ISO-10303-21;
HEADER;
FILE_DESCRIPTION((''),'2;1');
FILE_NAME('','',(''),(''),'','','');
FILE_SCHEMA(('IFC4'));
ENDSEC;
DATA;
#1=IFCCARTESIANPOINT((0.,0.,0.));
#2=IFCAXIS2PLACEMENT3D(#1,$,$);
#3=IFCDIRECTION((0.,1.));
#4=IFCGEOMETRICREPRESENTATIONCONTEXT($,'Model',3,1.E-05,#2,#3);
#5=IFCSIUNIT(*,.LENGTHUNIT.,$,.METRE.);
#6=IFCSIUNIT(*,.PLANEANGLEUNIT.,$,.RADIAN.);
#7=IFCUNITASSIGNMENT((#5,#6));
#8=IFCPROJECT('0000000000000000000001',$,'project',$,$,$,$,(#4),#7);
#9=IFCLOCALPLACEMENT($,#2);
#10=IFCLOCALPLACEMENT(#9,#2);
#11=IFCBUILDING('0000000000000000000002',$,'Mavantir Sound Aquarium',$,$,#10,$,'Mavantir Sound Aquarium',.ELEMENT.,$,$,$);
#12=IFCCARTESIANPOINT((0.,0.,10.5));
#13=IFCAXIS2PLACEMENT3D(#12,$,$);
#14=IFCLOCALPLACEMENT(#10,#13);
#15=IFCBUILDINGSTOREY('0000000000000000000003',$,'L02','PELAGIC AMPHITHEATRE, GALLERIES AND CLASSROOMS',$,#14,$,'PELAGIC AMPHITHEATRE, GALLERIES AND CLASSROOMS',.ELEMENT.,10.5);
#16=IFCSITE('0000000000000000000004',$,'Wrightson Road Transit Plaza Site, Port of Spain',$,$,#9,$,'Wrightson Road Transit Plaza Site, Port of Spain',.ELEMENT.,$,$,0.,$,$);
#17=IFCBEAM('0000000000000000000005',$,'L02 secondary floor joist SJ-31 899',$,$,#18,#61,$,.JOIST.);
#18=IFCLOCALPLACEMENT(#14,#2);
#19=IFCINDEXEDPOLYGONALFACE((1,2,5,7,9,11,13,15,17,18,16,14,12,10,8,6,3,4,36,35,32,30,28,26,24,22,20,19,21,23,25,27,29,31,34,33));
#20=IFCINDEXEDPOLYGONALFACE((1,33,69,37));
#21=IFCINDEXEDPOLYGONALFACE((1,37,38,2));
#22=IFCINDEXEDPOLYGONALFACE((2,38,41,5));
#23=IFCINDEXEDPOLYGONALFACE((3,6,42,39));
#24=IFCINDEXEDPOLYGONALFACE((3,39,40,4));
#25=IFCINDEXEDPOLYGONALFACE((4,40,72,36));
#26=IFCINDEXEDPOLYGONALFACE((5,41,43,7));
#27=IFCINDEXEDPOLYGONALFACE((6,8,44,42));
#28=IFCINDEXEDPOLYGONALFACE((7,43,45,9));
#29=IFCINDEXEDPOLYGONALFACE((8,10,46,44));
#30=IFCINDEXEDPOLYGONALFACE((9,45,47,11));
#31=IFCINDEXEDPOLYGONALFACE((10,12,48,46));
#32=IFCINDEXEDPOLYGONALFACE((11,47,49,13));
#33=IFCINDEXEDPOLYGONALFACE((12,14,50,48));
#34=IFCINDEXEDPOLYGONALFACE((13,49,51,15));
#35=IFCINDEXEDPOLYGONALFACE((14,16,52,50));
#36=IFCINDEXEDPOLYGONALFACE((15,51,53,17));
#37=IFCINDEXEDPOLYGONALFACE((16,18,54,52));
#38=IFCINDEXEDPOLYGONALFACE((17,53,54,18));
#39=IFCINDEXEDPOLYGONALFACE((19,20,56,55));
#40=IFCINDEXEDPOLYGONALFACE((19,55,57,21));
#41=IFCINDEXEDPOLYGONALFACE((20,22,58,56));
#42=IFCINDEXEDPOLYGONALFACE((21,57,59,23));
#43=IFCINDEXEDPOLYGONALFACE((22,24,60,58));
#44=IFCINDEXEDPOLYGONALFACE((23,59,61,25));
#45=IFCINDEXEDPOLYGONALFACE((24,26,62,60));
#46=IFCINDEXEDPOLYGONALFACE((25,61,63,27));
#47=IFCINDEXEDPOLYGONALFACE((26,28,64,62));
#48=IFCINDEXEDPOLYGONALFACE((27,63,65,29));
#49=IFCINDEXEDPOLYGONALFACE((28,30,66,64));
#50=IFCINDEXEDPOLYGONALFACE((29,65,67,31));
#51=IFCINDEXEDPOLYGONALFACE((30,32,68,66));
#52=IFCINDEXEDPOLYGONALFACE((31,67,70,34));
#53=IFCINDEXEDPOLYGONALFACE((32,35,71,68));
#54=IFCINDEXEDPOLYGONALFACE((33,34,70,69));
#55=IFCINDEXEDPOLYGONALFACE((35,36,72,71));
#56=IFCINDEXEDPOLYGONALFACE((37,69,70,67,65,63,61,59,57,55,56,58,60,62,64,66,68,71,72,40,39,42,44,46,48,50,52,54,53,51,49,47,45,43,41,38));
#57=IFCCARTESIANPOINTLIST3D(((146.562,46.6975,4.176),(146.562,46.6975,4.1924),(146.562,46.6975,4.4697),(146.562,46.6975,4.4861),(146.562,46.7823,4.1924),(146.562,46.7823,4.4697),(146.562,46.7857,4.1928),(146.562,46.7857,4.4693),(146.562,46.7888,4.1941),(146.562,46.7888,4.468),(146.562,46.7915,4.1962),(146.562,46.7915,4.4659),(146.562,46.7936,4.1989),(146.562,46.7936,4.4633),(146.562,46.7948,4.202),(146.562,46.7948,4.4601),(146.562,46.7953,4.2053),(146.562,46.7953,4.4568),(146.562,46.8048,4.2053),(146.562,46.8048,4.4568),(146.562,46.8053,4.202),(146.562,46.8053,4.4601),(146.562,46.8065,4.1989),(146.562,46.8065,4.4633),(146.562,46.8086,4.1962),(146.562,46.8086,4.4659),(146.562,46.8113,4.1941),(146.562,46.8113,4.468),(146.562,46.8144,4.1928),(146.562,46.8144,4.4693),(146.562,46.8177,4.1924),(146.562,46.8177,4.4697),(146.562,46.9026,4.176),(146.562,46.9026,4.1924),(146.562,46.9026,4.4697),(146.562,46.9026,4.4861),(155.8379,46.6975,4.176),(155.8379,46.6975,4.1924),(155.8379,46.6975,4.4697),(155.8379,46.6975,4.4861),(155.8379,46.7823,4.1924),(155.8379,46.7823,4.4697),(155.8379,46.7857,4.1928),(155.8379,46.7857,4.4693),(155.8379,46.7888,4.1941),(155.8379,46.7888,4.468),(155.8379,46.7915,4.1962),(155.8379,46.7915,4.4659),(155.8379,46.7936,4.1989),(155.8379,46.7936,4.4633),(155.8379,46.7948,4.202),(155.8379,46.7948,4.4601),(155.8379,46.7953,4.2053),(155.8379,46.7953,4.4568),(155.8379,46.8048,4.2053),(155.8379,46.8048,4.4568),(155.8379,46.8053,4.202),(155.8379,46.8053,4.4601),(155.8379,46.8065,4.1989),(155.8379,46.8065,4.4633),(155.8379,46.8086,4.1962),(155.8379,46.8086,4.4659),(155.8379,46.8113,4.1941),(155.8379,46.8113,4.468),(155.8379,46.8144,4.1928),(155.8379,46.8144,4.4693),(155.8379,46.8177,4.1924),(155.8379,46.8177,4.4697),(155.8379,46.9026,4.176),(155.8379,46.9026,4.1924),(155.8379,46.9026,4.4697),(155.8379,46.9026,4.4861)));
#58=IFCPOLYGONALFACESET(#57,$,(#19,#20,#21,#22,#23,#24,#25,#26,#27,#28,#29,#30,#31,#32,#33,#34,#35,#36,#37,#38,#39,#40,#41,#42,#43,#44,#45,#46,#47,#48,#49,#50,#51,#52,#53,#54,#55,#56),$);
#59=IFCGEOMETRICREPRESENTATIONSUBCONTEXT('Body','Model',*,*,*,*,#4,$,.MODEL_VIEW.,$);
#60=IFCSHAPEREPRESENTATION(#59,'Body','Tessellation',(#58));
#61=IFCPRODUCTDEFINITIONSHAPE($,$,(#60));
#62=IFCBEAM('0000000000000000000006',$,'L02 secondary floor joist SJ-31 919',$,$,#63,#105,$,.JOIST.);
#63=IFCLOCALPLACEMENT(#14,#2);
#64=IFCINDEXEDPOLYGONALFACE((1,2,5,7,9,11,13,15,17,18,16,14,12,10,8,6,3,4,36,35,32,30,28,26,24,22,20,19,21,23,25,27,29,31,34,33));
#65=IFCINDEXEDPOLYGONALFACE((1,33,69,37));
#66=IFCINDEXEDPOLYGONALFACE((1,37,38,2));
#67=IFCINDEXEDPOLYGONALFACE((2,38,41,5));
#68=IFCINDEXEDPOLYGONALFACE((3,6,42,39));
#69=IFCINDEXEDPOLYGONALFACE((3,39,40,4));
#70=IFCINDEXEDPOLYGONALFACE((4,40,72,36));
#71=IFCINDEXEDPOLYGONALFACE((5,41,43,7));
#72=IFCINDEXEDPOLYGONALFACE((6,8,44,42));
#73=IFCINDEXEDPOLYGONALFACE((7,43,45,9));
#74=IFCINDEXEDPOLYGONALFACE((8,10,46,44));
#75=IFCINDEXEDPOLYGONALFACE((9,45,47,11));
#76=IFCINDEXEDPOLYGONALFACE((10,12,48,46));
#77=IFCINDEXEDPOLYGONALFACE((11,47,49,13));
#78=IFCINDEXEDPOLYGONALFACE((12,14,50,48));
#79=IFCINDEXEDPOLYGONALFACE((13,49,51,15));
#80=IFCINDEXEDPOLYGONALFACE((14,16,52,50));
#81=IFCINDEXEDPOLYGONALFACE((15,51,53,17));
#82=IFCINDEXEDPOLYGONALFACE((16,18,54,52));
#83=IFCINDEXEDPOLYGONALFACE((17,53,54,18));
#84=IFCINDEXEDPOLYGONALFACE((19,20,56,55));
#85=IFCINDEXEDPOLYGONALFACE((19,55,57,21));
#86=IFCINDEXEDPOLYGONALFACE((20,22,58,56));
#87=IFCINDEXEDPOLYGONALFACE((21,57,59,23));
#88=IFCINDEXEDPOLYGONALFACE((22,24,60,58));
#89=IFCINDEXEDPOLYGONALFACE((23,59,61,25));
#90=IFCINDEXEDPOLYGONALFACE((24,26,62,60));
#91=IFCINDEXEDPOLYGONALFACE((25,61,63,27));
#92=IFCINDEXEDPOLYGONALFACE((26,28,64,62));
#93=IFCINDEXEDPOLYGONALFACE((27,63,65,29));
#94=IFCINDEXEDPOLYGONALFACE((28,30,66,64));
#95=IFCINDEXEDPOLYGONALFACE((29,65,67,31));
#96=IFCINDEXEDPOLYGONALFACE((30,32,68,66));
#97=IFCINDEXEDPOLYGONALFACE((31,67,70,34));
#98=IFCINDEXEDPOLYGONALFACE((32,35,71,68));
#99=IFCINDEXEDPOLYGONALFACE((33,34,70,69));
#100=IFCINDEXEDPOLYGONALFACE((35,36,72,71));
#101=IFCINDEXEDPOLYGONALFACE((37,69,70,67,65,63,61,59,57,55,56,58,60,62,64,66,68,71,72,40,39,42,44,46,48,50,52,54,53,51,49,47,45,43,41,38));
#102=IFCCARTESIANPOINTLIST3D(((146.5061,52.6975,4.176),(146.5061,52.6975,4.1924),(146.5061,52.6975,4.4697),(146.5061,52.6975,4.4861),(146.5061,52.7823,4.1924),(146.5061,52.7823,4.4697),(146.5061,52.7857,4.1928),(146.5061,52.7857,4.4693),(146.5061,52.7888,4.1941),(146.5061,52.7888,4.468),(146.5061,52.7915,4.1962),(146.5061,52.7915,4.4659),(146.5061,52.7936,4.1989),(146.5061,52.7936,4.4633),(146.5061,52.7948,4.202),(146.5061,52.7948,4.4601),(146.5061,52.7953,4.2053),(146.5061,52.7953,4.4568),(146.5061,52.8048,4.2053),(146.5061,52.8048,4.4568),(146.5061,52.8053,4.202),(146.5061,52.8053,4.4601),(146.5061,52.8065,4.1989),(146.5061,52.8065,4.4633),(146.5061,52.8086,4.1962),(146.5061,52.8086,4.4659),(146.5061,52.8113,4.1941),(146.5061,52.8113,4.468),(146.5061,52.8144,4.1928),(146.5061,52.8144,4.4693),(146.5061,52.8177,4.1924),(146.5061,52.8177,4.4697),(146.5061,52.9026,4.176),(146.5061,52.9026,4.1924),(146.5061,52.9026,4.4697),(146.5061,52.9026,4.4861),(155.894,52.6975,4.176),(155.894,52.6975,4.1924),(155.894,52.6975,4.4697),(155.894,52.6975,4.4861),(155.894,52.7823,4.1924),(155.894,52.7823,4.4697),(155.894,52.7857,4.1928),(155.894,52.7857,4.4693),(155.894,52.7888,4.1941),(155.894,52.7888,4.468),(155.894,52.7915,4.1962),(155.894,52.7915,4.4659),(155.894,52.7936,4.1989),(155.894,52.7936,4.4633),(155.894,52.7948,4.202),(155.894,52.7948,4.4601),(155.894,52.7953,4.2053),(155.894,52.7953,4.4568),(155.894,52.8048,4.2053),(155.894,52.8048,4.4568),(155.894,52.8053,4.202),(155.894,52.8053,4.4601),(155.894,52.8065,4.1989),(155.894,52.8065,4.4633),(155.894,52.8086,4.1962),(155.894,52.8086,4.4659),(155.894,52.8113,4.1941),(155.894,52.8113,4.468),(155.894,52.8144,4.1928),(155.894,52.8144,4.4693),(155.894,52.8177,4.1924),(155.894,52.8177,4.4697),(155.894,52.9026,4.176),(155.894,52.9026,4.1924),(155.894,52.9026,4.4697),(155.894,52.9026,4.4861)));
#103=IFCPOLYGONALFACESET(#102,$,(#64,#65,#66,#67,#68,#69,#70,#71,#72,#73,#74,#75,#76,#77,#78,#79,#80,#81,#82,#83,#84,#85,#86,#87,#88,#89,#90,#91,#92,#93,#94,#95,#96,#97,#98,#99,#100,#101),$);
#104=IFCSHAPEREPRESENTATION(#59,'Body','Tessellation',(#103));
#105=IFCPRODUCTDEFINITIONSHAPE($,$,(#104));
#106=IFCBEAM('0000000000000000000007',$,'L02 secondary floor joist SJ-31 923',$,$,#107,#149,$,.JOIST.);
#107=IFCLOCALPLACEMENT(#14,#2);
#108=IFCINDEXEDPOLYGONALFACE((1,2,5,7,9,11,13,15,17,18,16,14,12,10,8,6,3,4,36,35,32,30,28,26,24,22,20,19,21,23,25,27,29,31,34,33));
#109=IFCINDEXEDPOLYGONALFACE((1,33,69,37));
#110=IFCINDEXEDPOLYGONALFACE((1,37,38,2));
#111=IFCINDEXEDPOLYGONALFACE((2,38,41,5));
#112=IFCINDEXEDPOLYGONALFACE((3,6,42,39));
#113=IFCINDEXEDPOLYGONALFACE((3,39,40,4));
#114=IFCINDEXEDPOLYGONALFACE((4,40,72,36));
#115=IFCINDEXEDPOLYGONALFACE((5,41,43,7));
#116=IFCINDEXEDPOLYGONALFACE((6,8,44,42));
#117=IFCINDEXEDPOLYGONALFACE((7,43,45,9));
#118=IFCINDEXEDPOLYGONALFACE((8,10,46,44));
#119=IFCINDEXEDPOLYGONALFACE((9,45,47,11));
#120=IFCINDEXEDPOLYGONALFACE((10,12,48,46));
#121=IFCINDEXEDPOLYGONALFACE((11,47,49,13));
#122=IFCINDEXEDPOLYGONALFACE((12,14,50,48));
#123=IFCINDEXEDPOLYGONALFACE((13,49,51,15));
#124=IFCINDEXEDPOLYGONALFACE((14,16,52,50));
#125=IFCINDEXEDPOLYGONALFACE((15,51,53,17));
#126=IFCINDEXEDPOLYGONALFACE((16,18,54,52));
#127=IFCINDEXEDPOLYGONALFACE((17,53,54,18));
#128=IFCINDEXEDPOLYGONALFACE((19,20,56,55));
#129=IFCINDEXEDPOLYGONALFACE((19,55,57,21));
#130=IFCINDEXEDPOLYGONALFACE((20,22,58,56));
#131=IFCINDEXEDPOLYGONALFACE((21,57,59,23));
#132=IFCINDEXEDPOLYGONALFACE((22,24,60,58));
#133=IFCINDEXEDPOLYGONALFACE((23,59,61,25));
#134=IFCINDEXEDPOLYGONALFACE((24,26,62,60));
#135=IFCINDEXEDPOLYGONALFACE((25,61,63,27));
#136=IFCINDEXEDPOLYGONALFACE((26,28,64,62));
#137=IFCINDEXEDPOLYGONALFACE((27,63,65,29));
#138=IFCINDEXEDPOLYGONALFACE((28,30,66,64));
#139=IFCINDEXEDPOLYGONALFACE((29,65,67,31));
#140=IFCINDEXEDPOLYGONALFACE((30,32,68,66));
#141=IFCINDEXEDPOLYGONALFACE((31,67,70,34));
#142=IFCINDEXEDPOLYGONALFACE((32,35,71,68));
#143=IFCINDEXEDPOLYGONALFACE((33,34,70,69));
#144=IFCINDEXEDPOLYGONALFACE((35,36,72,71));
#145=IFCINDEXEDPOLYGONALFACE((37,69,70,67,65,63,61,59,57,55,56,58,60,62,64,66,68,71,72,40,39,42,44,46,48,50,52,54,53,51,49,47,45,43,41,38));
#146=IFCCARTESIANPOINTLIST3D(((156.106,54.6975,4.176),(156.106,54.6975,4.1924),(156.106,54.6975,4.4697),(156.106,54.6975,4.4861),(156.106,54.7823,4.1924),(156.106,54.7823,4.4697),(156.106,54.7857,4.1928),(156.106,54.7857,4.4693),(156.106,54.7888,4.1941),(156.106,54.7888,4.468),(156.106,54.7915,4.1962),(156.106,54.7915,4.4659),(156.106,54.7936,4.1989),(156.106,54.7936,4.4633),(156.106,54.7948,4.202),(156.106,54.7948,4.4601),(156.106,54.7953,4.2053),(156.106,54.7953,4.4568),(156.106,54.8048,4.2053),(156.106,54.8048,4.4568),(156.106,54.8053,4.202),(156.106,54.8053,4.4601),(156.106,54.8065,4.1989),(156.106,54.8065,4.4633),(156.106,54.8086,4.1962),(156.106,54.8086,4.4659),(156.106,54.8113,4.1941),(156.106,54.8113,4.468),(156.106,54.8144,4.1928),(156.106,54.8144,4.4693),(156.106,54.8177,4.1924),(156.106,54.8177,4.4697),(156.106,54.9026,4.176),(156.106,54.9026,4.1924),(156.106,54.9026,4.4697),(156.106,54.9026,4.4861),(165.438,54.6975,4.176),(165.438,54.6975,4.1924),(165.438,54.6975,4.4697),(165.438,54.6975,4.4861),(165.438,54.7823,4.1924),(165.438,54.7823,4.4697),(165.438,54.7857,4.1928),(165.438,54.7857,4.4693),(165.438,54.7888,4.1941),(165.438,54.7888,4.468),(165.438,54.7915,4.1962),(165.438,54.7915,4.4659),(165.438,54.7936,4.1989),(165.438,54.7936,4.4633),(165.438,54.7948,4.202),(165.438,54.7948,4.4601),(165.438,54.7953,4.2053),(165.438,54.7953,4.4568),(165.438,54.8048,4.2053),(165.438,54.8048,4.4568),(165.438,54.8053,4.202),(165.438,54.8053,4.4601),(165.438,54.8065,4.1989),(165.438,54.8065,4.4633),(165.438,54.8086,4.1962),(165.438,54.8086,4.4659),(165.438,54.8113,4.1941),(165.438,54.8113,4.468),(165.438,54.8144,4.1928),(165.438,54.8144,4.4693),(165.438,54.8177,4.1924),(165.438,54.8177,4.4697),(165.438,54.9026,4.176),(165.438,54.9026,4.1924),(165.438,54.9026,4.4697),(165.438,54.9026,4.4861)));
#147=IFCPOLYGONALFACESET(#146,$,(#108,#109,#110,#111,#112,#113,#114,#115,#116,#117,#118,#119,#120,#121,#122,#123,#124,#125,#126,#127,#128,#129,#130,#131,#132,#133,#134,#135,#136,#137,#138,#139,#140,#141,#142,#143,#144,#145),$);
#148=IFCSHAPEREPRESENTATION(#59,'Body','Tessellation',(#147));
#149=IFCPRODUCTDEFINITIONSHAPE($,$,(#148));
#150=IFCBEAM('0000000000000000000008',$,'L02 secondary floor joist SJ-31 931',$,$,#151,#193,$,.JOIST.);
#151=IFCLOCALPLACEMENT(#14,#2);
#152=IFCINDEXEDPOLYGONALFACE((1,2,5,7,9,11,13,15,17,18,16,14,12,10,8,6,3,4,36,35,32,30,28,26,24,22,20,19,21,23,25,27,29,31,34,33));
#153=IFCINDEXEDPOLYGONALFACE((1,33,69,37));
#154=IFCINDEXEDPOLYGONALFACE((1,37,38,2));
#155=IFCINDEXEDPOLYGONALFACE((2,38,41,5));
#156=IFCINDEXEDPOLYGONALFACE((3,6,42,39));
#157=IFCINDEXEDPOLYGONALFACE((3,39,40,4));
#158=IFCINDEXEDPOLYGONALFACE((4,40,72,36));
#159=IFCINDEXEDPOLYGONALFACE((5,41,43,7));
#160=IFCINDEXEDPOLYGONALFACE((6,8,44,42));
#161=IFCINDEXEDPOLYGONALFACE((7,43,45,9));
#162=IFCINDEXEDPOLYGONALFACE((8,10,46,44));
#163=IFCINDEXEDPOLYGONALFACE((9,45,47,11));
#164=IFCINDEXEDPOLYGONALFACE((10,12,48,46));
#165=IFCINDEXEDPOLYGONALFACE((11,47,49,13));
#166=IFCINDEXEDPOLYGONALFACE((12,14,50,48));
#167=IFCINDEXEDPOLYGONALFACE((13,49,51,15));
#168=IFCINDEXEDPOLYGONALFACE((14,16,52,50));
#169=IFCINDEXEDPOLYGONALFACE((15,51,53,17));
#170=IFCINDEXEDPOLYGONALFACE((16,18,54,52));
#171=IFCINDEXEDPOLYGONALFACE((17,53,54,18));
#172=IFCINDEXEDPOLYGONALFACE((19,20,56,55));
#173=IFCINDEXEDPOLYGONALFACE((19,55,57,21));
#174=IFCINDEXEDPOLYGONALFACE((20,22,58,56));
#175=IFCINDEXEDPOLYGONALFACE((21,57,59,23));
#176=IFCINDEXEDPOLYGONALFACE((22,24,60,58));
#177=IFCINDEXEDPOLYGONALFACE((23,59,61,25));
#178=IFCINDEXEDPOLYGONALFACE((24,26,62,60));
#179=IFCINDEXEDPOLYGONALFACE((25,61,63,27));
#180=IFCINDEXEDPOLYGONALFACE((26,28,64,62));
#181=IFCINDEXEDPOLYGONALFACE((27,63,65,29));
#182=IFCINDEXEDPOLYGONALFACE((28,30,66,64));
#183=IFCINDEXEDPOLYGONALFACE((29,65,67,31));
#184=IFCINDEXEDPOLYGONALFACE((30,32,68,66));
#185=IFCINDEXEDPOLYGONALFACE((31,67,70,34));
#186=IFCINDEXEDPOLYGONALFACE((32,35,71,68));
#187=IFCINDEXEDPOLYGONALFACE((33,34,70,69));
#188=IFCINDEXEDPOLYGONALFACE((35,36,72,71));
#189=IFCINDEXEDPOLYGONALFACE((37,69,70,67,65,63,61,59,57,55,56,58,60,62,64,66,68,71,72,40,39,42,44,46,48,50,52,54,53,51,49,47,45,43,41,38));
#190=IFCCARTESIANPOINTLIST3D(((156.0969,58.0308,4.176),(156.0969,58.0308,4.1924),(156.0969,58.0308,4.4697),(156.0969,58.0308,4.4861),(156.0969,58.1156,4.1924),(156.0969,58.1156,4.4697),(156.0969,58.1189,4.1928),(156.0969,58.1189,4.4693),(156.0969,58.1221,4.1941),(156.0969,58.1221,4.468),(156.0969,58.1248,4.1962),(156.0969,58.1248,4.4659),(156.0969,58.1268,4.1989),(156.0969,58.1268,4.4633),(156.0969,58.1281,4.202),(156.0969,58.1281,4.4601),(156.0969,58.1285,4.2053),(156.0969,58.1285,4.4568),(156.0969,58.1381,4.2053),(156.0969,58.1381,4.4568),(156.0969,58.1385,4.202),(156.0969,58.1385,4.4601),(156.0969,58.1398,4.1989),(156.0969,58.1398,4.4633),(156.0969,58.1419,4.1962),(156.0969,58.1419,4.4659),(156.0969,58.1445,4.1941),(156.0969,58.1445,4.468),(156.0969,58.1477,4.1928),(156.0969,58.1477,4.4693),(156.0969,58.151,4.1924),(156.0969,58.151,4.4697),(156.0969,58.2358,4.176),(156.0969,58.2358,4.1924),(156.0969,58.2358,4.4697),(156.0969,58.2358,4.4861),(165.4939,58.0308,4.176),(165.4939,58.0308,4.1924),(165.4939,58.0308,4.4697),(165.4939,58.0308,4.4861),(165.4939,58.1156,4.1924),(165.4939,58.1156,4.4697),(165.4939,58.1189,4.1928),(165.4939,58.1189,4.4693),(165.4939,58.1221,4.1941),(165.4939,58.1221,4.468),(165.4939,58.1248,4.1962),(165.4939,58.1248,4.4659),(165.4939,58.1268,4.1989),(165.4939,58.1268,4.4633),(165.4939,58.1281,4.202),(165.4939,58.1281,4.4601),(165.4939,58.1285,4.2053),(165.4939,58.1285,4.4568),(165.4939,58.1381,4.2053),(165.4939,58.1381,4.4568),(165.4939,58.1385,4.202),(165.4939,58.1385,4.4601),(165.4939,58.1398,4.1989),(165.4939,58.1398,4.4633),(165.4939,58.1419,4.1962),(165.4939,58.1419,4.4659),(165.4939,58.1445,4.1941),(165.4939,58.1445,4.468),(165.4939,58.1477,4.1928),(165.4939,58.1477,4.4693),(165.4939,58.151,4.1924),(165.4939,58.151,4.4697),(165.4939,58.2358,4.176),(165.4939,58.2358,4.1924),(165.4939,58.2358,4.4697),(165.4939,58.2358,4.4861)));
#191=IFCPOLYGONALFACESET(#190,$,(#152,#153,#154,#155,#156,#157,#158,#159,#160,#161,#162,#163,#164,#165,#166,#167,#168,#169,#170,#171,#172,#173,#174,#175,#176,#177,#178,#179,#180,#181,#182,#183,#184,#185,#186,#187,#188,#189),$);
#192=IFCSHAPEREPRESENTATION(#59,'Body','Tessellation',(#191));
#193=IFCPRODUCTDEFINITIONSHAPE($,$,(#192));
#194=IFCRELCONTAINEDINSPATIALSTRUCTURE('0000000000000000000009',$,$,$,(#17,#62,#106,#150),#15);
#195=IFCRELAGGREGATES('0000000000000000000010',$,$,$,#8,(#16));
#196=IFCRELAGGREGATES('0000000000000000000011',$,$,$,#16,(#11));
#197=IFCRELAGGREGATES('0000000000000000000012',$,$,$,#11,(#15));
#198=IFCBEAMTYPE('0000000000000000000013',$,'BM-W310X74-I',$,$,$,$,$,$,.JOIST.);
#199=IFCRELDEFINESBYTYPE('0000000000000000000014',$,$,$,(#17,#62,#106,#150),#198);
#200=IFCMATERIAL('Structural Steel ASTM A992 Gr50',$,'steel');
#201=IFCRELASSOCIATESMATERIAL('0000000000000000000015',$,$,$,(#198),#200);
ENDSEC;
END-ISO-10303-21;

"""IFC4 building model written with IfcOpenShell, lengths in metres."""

from ifc_helpers import new_model, si_unit, direction, frame, origin, origin_2d, place, context, subcontext, project, spatial, i_section, extrude, material, material_profile, profile_set, type_object, element, save


model = new_model("IFC4")

# Units and contexts
model_context = context("Model", 3, precision=1e-05, world=origin(), true_north=direction((0.0, 1.0)))
body_context = subcontext(model_context, "Body", "Model", "MODEL_VIEW")
ifc_project = project(units=[si_unit("LENGTHUNIT", "METRE"), si_unit("PLANEANGLEUNIT", "RADIAN")], contexts=[model_context])

# Site, building, storey
site_placement = place(None, origin())
site = spatial("IfcSite", under=ifc_project, at=site_placement, Name="Wrightson Road Transit Plaza Site, Port of Spain", LongName="Wrightson Road Transit Plaza Site, Port of Spain", CompositionType="ELEMENT", RefElevation=0.0)
building_placement = place(site_placement, origin())
building = spatial("IfcBuilding", under=site, at=building_placement, Name="Mavantir Sound Aquarium", LongName="Mavantir Sound Aquarium", CompositionType="ELEMENT")
storey_placement = place(building_placement, frame((0.0, 0.0, 10.5)))
storey = spatial("IfcBuildingStorey", under=building, at=storey_placement, Name="L02", Description="PELAGIC AMPHITHEATRE, GALLERIES AND CLASSROOMS", LongName="PELAGIC AMPHITHEATRE, GALLERIES AND CLASSROOMS", CompositionType="ELEMENT", Elevation=10.5)

# Beams
ifc_material_1 = material(Name="Structural Steel ASTM A992 Gr50", Category="steel")
ifc_material_profile_1 = material_profile(ifc_material_1, i_section(OverallWidth=0.2051, OverallDepth=0.3101, WebThickness=0.0095, FlangeThickness=0.0164, FilletRadius=0.0129, at=origin_2d()), Name="W310X74")
ifc_profile_set_1 = profile_set([ifc_material_profile_1], Name="Structural Steel ASTM A992 Gr50")
beam_type_1 = type_object("IfcBeamType", Name="BM-W310X74-I", PredefinedType="JOIST", material=ifc_profile_set_1)
beam_1_placement = place(storey_placement, frame((146.562, 46.8, 4.3311), z_axis=(1.0, 0.0, 0.0), x_axis=(0.0, 1.0, 0.0)))
element("IfcBeam", 1, at=beam_1_placement, inside=storey, type_object=beam_type_1, Name="L02 secondary floor joist SJ-31 899", PredefinedType="JOIST", context=body_context, shape_type="SweptSolid", body=[
    extrude(i_section(OverallWidth=0.2051, OverallDepth=0.3101, WebThickness=0.0095, FlangeThickness=0.0164, FilletRadius=0.0129, at=origin_2d()), origin(), (0.0, 0.0, 1.0), 9.2759),
])
beam_2_placement = place(storey_placement, frame((146.5061, 52.8, 4.3311), z_axis=(1.0, 0.0, 0.0), x_axis=(0.0, 1.0, 0.0)))
element("IfcBeam", 2, at=beam_2_placement, inside=storey, type_object=beam_type_1, Name="L02 secondary floor joist SJ-31 919", PredefinedType="JOIST", context=body_context, shape_type="SweptSolid", body=[
    extrude(i_section(OverallWidth=0.2051, OverallDepth=0.3101, WebThickness=0.0095, FlangeThickness=0.0164, FilletRadius=0.0129, at=origin_2d()), origin(), (0.0, 0.0, 1.0), 9.3879),
])
beam_3_placement = place(storey_placement, frame((156.106, 54.8, 4.3311), z_axis=(1.0, 0.0, 0.0), x_axis=(0.0, 1.0, 0.0)))
element("IfcBeam", 3, at=beam_3_placement, inside=storey, type_object=beam_type_1, Name="L02 secondary floor joist SJ-31 923", PredefinedType="JOIST", context=body_context, shape_type="SweptSolid", body=[
    extrude(i_section(OverallWidth=0.2051, OverallDepth=0.3101, WebThickness=0.0095, FlangeThickness=0.0164, FilletRadius=0.0129, at=origin_2d()), origin(), (0.0, 0.0, 1.0), 9.332),
])
beam_4_placement = place(storey_placement, frame((156.0969, 58.1333, 4.3311), z_axis=(1.0, 0.0, 0.0), x_axis=(0.0, 1.0, 0.0)))
element("IfcBeam", 4, at=beam_4_placement, inside=storey, type_object=beam_type_1, Name="L02 secondary floor joist SJ-31 931", PredefinedType="JOIST", context=body_context, shape_type="SweptSolid", body=[
    extrude(i_section(OverallWidth=0.2051, OverallDepth=0.3101, WebThickness=0.0095, FlangeThickness=0.0164, FilletRadius=0.0129, at=origin_2d()), origin(), (0.0, 0.0, 1.0), 9.397),
])

save(model, "model.ifc")
